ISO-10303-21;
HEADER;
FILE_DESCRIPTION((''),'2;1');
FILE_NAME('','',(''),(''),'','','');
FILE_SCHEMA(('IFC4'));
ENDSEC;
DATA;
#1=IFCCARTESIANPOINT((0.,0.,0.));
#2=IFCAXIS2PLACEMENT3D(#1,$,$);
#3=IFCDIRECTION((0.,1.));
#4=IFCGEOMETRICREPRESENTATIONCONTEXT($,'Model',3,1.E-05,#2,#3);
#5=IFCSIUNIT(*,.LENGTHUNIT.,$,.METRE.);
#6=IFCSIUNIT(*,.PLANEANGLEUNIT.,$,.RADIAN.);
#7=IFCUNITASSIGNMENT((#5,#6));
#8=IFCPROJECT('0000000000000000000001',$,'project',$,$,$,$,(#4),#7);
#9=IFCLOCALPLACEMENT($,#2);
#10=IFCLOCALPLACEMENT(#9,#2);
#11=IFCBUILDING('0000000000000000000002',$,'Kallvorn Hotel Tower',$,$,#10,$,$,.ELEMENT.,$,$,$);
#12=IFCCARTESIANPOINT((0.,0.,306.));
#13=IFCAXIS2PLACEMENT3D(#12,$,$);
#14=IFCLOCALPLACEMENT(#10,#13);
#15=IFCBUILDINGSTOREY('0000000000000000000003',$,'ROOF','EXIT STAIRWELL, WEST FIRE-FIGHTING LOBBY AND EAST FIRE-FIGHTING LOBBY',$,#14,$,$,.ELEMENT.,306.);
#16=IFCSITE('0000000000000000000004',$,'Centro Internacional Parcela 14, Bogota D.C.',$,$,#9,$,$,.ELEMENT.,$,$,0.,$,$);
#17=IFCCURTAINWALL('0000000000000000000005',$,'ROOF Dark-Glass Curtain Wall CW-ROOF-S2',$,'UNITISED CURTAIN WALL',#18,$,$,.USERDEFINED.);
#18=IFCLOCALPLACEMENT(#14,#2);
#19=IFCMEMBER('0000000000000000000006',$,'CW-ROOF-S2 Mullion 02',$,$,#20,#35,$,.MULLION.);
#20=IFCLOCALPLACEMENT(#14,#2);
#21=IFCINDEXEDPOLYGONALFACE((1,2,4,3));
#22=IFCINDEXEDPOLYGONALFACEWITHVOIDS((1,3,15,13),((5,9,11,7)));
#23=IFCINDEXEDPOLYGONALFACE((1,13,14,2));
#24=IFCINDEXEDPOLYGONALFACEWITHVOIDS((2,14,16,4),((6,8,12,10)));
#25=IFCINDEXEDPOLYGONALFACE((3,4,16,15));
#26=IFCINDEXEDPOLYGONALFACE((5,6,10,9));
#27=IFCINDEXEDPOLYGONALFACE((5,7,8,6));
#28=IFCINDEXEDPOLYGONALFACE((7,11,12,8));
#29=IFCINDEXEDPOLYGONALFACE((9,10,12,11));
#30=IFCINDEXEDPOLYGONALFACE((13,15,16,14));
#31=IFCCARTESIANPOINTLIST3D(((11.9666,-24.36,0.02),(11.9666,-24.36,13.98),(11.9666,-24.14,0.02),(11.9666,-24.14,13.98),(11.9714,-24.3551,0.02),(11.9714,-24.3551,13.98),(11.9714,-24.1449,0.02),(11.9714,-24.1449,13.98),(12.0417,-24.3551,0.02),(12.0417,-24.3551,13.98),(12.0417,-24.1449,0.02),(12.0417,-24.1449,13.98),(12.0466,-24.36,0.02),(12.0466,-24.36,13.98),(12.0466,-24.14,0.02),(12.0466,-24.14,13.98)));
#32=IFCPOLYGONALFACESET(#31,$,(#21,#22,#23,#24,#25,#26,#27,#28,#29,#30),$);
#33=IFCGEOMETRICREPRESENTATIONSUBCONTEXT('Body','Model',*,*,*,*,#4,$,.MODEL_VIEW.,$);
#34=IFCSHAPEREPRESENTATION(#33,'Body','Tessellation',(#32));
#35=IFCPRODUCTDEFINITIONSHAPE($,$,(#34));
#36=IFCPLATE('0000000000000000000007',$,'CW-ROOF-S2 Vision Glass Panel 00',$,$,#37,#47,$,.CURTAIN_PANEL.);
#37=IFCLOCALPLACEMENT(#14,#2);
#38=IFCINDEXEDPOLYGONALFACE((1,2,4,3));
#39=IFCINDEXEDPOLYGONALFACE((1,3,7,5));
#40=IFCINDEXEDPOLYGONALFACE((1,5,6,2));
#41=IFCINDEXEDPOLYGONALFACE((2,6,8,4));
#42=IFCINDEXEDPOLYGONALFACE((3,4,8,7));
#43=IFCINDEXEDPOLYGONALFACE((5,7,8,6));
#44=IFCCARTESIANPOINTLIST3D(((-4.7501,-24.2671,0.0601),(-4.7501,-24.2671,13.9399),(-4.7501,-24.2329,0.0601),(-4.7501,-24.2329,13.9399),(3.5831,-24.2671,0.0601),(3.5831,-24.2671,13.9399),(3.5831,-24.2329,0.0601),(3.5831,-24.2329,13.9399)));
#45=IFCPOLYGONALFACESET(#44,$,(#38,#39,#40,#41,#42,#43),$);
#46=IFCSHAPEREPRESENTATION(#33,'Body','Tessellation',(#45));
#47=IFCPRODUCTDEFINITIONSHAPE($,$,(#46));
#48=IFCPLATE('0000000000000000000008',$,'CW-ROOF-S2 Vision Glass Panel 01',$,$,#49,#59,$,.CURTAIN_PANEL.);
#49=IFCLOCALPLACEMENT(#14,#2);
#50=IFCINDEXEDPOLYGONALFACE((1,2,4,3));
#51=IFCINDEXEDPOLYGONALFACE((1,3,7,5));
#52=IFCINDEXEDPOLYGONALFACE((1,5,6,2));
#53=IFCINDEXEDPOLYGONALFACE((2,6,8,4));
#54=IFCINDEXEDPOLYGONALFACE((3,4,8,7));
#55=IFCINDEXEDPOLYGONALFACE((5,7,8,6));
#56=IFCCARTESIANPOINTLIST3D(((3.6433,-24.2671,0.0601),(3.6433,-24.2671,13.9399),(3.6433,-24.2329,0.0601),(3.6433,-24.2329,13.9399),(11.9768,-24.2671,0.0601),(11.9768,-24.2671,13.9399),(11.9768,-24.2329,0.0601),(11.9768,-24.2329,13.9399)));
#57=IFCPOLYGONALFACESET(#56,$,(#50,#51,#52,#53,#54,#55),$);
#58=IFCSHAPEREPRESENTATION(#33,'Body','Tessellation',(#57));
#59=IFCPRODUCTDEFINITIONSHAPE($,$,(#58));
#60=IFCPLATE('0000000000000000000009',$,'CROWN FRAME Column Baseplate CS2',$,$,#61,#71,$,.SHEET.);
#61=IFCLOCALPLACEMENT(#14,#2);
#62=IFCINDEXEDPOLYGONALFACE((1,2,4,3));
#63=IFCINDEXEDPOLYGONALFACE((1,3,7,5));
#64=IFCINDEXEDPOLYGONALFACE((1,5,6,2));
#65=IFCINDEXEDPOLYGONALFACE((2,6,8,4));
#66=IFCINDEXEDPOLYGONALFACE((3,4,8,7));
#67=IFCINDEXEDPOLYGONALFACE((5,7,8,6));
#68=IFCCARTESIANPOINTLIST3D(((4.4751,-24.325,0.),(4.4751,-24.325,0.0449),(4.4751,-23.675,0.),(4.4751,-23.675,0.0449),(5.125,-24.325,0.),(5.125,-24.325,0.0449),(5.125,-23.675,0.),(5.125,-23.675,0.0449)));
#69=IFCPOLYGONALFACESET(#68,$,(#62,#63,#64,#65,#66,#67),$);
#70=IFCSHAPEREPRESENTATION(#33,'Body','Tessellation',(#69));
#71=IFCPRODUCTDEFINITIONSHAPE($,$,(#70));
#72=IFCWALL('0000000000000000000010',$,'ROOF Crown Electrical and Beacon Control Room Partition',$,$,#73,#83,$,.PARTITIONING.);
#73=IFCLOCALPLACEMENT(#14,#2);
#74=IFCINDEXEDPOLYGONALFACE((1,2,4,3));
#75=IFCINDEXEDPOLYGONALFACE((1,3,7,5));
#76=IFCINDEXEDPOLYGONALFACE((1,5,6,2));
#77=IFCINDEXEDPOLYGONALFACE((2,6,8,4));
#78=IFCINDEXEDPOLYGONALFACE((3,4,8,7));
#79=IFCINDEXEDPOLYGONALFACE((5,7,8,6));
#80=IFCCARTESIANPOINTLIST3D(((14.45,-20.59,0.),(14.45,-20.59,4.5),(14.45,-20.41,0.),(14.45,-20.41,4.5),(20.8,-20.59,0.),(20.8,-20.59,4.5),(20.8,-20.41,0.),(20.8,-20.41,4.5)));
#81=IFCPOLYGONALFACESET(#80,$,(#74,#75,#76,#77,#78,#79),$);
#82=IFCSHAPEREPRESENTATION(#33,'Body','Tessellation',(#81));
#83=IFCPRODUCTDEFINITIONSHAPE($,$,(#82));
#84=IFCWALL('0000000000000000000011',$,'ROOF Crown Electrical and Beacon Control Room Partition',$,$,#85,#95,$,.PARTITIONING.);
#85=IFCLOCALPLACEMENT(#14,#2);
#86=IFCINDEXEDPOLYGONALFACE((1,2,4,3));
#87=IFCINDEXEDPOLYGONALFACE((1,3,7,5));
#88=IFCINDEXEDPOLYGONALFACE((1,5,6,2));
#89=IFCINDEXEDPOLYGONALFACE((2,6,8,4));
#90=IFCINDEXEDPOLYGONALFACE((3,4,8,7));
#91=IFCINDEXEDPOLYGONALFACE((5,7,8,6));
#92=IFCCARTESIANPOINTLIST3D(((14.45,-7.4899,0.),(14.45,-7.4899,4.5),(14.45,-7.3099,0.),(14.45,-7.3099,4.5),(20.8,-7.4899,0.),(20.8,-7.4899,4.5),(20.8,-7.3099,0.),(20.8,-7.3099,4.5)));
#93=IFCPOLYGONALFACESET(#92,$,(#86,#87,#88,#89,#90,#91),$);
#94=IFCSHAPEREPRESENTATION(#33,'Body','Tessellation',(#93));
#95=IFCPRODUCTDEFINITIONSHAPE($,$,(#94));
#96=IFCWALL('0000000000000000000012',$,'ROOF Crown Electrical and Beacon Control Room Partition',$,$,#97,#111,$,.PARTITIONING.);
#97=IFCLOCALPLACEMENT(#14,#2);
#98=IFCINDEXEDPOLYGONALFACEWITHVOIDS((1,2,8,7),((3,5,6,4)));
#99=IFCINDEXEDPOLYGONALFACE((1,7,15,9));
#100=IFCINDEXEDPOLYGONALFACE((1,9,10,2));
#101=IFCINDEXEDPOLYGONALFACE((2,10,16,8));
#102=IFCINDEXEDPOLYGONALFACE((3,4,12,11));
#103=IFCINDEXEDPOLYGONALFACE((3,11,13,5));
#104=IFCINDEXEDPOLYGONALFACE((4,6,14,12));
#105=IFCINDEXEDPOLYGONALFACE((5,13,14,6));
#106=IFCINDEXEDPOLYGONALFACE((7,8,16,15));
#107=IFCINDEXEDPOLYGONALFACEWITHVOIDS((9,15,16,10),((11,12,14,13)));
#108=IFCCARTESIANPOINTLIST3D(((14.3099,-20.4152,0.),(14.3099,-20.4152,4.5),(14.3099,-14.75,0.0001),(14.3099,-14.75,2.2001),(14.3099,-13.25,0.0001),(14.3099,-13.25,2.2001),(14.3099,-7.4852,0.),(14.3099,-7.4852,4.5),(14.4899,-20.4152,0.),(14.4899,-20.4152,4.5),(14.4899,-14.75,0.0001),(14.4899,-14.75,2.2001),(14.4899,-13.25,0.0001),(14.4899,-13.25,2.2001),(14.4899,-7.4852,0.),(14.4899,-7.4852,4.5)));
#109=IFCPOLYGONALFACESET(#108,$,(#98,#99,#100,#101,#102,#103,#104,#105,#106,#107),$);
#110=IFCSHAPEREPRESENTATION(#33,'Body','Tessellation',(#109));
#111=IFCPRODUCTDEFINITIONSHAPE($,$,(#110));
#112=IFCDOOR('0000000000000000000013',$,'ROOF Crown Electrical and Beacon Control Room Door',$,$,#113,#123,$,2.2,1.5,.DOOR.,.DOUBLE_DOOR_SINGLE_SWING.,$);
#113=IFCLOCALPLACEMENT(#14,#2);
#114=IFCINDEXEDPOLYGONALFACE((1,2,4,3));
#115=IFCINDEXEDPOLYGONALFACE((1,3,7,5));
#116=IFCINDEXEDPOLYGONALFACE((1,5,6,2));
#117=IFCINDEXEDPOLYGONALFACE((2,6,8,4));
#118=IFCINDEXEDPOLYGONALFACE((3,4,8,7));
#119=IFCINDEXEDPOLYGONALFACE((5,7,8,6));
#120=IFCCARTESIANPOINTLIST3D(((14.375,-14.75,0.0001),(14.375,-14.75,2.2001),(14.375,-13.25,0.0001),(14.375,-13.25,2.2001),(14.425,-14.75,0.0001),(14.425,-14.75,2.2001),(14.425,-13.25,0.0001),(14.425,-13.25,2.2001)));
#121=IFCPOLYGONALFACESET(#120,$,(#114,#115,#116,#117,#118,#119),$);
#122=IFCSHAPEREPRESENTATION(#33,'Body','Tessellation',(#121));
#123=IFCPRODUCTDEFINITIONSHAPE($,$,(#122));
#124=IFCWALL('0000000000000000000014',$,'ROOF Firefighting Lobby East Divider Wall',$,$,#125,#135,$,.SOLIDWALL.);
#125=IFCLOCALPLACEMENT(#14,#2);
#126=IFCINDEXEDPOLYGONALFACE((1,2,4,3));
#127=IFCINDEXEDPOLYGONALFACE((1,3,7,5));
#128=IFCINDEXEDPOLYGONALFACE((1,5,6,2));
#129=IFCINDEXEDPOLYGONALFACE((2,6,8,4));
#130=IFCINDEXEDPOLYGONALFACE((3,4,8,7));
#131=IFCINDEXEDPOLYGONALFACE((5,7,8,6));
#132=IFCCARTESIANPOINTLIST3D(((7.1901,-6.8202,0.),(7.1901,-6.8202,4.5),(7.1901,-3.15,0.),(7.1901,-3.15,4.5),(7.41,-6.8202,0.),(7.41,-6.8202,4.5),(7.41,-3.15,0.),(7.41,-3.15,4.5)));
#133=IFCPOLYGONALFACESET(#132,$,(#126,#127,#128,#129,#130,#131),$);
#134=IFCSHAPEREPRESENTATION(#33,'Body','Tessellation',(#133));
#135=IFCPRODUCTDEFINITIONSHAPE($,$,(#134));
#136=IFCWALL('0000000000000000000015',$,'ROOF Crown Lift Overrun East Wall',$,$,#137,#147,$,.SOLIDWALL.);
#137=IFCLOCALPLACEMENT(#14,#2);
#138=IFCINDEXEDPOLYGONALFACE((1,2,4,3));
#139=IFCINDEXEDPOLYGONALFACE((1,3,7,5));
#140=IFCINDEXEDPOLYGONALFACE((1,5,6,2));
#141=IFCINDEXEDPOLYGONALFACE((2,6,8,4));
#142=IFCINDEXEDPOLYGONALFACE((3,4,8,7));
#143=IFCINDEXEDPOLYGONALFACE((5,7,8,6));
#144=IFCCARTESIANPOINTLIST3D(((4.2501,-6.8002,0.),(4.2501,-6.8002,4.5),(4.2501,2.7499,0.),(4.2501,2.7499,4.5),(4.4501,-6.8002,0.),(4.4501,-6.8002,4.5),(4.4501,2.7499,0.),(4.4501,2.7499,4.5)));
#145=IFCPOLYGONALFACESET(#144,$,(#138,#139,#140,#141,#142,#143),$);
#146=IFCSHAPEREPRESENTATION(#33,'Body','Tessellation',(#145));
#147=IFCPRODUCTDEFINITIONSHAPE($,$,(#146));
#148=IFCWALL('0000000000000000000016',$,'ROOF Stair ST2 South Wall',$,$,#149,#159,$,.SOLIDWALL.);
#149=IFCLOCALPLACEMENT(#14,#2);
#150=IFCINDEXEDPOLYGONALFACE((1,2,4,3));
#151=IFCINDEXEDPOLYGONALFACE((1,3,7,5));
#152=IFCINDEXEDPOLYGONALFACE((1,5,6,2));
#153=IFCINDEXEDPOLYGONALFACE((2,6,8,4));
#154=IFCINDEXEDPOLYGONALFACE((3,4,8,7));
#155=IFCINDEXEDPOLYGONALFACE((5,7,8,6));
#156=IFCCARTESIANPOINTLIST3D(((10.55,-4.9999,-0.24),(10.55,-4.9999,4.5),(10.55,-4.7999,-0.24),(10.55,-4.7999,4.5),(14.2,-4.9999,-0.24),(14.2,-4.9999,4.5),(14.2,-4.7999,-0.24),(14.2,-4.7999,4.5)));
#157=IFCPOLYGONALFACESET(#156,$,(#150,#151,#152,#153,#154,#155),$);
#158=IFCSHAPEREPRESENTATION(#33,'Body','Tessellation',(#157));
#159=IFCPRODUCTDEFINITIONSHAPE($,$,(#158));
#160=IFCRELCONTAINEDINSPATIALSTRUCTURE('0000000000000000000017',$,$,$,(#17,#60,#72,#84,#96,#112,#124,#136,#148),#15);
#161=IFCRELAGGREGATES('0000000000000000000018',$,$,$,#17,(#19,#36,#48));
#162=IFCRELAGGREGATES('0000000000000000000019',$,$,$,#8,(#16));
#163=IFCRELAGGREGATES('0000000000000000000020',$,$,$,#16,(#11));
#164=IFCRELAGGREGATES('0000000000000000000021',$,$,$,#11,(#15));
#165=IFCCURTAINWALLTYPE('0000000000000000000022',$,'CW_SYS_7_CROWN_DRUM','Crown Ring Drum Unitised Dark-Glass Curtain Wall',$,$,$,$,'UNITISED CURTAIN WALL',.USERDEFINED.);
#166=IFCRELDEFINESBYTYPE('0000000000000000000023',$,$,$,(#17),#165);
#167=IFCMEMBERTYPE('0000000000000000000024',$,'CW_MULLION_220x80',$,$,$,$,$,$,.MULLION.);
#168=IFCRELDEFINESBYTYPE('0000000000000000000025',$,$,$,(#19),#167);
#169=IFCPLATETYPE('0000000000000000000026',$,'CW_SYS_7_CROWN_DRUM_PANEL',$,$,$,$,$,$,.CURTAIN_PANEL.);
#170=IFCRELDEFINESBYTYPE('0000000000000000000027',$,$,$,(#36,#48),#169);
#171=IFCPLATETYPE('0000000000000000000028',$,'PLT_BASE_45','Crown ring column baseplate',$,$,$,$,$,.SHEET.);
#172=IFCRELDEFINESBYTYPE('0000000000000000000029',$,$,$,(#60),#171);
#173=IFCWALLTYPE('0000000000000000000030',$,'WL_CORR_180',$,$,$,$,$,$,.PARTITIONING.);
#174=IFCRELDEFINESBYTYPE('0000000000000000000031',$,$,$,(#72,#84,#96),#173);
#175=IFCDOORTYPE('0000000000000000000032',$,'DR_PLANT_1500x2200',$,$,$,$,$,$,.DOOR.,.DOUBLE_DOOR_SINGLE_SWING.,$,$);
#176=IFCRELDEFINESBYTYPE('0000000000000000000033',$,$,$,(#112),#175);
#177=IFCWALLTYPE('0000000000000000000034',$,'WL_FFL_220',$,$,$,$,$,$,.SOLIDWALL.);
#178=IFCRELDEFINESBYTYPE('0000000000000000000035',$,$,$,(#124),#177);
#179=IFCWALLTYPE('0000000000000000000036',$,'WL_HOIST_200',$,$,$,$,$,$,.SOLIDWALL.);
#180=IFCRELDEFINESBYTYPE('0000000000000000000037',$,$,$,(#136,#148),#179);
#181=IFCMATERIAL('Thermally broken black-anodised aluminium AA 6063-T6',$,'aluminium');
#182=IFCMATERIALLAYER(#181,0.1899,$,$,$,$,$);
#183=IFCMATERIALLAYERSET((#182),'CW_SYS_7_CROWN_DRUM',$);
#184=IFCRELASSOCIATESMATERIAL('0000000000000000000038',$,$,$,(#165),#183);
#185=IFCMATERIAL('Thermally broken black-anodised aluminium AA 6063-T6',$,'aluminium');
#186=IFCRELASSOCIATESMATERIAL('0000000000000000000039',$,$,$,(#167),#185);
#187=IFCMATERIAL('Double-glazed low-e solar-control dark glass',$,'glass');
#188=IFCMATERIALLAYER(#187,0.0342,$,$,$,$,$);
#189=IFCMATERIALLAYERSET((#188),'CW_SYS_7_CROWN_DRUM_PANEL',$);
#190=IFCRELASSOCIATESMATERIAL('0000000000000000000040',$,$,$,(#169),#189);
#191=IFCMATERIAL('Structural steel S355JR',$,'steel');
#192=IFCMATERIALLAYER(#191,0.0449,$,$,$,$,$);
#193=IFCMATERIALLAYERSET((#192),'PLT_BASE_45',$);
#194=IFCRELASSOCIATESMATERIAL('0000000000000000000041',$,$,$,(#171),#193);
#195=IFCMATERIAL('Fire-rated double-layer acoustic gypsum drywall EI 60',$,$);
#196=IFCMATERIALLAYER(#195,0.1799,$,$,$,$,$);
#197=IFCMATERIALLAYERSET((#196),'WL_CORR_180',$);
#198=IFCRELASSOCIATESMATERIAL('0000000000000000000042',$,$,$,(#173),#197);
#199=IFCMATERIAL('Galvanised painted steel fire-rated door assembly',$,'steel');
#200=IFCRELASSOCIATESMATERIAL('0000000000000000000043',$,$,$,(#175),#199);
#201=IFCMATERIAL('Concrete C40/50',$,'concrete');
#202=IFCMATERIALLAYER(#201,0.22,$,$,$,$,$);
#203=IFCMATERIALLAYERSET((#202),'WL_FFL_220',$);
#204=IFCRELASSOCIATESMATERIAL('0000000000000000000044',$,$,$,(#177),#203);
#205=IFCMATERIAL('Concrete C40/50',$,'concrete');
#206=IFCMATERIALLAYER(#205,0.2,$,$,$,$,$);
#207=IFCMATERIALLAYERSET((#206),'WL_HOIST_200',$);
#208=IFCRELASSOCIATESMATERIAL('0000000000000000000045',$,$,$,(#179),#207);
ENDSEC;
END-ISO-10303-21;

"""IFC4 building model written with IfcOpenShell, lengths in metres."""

from ifc_helpers import new_model, si_unit, direction, frame, frame_2d, origin, origin_2d, place, context, subcontext, project, spatial, rectangle, hollow_rectangle, extrude, material, layer, layer_set, material_profile, profile_set, type_object, element, fill, aggregate, save


model = new_model("IFC4")

# Units and contexts
model_context = context("Model", 3, precision=1e-05, world=origin(), true_north=direction((0.0, 1.0)))
body_context = subcontext(model_context, "Body", "Model", "MODEL_VIEW")
ifc_project = project(units=[si_unit("LENGTHUNIT", "METRE"), si_unit("PLANEANGLEUNIT", "RADIAN")], contexts=[model_context])

# Site, building, storey
site_placement = place(None, origin())
site = spatial("IfcSite", under=ifc_project, at=site_placement, Name="Centro Internacional Parcela 14, Bogota D.C.", CompositionType="ELEMENT", RefElevation=0.0)
building_placement = place(site_placement, origin())
building = spatial("IfcBuilding", under=site, at=building_placement, Name="Kallvorn Hotel Tower", CompositionType="ELEMENT")
storey_placement = place(building_placement, frame((0.0, 0.0, 306.0)))
storey = spatial("IfcBuildingStorey", under=building, at=storey_placement, Name="ROOF", Description="EXIT STAIRWELL, WEST FIRE-FIGHTING LOBBY AND EAST FIRE-FIGHTING LOBBY", CompositionType="ELEMENT", Elevation=306.0)

# Curtain wall, member, plates
ifc_material_1 = material(Name="Thermally broken black-anodised aluminium AA 6063-T6", Category="aluminium")
ifc_layer_1 = layer(ifc_material_1, 0.1899)
ifc_layer_set_1 = layer_set([ifc_layer_1], Name="CW_SYS_7_CROWN_DRUM")
curtain_wall_type = type_object("IfcCurtainWallType", Name="CW_SYS_7_CROWN_DRUM", Description="Crown Ring Drum Unitised Dark-Glass Curtain Wall", ElementType="UNITISED CURTAIN WALL", PredefinedType="USERDEFINED", material=ifc_layer_set_1)
curtain_wall_placement = place(storey_placement, origin())
curtain_wall = element("IfcCurtainWall", 1, at=curtain_wall_placement, inside=storey, type_object=curtain_wall_type, Name="ROOF Dark-Glass Curtain Wall CW-ROOF-S2", ObjectType="UNITISED CURTAIN WALL", PredefinedType="USERDEFINED")
ifc_material_2 = material(Name="Thermally broken black-anodised aluminium AA 6063-T6", Category="aluminium")
ifc_material_profile_1 = material_profile(ifc_material_2, hollow_rectangle(XDim=0.0801, YDim=0.22, WallThickness=0.0049, at=origin_2d()), Name="MUL 220x80")
ifc_profile_set_1 = profile_set([ifc_material_profile_1], Name="Thermally broken black-anodised aluminium AA 6063-T6")
member_type = type_object("IfcMemberType", Name="CW_MULLION_220x80", PredefinedType="MULLION", material=ifc_profile_set_1)
member_1_placement = place(storey_placement, frame((12.0066, -24.25, 0.02), z_axis=(0.0, 0.0, 1.0), x_axis=(1.0, 0.0, 0.0)))
member_1 = element("IfcMember", 2, at=member_1_placement, type_object=member_type, Name="CW-ROOF-S2 Mullion 02", PredefinedType="MULLION", context=body_context, shape_type="SweptSolid", body=[
    extrude(hollow_rectangle(XDim=0.0801, YDim=0.22, WallThickness=0.0049, at=origin_2d()), origin(), (0.0, 0.0, 1.0), 13.96),
])
ifc_material_3 = material(Name="Double-glazed low-e solar-control dark glass", Category="glass")
ifc_layer_2 = layer(ifc_material_3, 0.0342)
ifc_layer_set_2 = layer_set([ifc_layer_2], Name="CW_SYS_7_CROWN_DRUM_PANEL")
plate_type_1 = type_object("IfcPlateType", Name="CW_SYS_7_CROWN_DRUM_PANEL", PredefinedType="CURTAIN_PANEL", material=ifc_layer_set_2)
plate_1_placement = place(storey_placement, frame((-0.5835, -24.25, 0.0601), z_axis=(0.0, 0.0, 1.0), x_axis=(1.0, 0.0, 0.0)))
plate_1 = element("IfcPlate", 3, at=plate_1_placement, type_object=plate_type_1, Name="CW-ROOF-S2 Vision Glass Panel 00", PredefinedType="CURTAIN_PANEL", context=body_context, shape_type="SweptSolid", body=[
    extrude(rectangle(XDim=8.3333, YDim=0.0342, at=origin_2d()), origin(), (0.0, 0.0, 1.0), 13.8799),
])
plate_2_placement = place(storey_placement, frame((7.8101, -24.25, 0.0601), z_axis=(0.0, 0.0, 1.0), x_axis=(1.0, 0.0, 0.0)))
plate_2 = element("IfcPlate", 4, at=plate_2_placement, type_object=plate_type_1, Name="CW-ROOF-S2 Vision Glass Panel 01", PredefinedType="CURTAIN_PANEL", context=body_context, shape_type="SweptSolid", body=[
    extrude(rectangle(XDim=8.3335, YDim=0.0342, at=origin_2d()), origin(), (0.0, 0.0, 1.0), 13.8799),
])
aggregate(curtain_wall, [member_1, plate_1, plate_2])

# Plate
ifc_material_4 = material(Name="Structural steel S355JR", Category="steel")
ifc_layer_3 = layer(ifc_material_4, 0.0449)
ifc_layer_set_3 = layer_set([ifc_layer_3], Name="PLT_BASE_45")
plate_type_2 = type_object("IfcPlateType", Name="PLT_BASE_45", Description="Crown ring column baseplate", PredefinedType="SHEET", material=ifc_layer_set_3)
plate_3_placement = place(storey_placement, frame((4.8, -24.0, 0.0), z_axis=(0.0, 0.0, 1.0), x_axis=(1.0, 0.0, 0.0)))
element("IfcPlate", 5, at=plate_3_placement, inside=storey, type_object=plate_type_2, Name="CROWN FRAME Column Baseplate CS2", PredefinedType="SHEET", context=body_context, shape_type="SweptSolid", body=[
    extrude(rectangle(XDim=0.6499, YDim=0.6499, at=origin_2d()), origin(), (0.0, 0.0, 1.0), 0.0449),
])

# Walls
ifc_material_5 = material(Name="Fire-rated double-layer acoustic gypsum drywall EI 60")
ifc_layer_4 = layer(ifc_material_5, 0.1799)
ifc_layer_set_4 = layer_set([ifc_layer_4], Name="WL_CORR_180")
wall_type_1 = type_object("IfcWallType", Name="WL_CORR_180", PredefinedType="PARTITIONING", material=ifc_layer_set_4)
for number, where, z_axis, x_axis, name in (
    (6, (14.45, -20.5, 0.0), (0.0, 0.0, 1.0), (1.0, 0.0, 0.0), "ROOF Crown Electrical and Beacon Control Room Partition"),
    (7, (14.45, -7.3999, 0.0), (0.0, 0.0, 1.0), (1.0, 0.0, 0.0), "ROOF Crown Electrical and Beacon Control Room Partition"),
):
    element("IfcWall", number, at=place(storey_placement, frame(where, z_axis=z_axis, x_axis=x_axis)), inside=storey, type_object=wall_type_1, Name=name, PredefinedType="PARTITIONING", context=body_context, shape_type="SweptSolid", body=[
        extrude(rectangle(XDim=6.3501, YDim=0.1799, at=frame_2d((3.175, 0.0))), origin(), (0.0, 0.0, 1.0), 4.5),
    ])

# Wall, opening, door
wall_1_placement = place(storey_placement, frame((14.3999, -20.415, 0.0), z_axis=(0.0, 0.0, 1.0), x_axis=(0.0, 1.0, 0.0)))
wall_1 = element("IfcWall", 8, at=wall_1_placement, inside=storey, type_object=wall_type_1, Name="ROOF Crown Electrical and Beacon Control Room Partition", PredefinedType="PARTITIONING", context=body_context, shape_type="SweptSolid", body=[
    extrude(rectangle(XDim=12.9299, YDim=0.1799, at=frame_2d((6.4648, 0.0))), origin(), (0.0, 0.0, 1.0), 4.5),
])
opening_1_placement = place(wall_1_placement, frame((5.665, 0.0, 0.0)))
opening_1 = element("IfcOpeningElement", 9, at=opening_1_placement, cuts=wall_1, PredefinedType="OPENING", context=body_context, shape_type="SweptSolid", body=[
    extrude(rectangle(XDim=1.5, YDim=2.2, at=frame_2d((0.75, 1.1001))), frame((0.0, 0.1047, 0.0), z_axis=(0.0, -1.0, 0.0), x_axis=(1.0, 0.0, 0.0)), (0.0, 0.0, 1.0), 0.21),
])
ifc_material_6 = material(Name="Galvanised painted steel fire-rated door assembly", Category="steel")
door_type_1 = type_object("IfcDoorType", Name="DR_PLANT_1500x2200", OperationType="DOUBLE_DOOR_SINGLE_SWING", PredefinedType="DOOR", material=ifc_material_6)
door_1_placement = place(opening_1_placement, origin())
door_1 = element("IfcDoor", 10, at=door_1_placement, inside=storey, type_object=door_type_1, Name="ROOF Crown Electrical and Beacon Control Room Door", OperationType="DOUBLE_DOOR_SINGLE_SWING", OverallHeight=2.2, OverallWidth=1.5, PredefinedType="DOOR", context=body_context, shape_type="SweptSolid", body=[
    extrude(rectangle(XDim=1.5, YDim=2.2, at=frame_2d((0.75, 1.1001))), frame((0.0, 0.0249, 0.0), z_axis=(0.0, -1.0, 0.0), x_axis=(1.0, 0.0, 0.0)), (0.0, 0.0, 1.0), 0.05),
])
fill(opening_1, door_1)

# Walls
ifc_material_7 = material(Name="Concrete C40/50", Category="concrete")
ifc_layer_5 = layer(ifc_material_7, 0.22)
ifc_layer_set_5 = layer_set([ifc_layer_5], Name="WL_FFL_220")
wall_type_2 = type_object("IfcWallType", Name="WL_FFL_220", PredefinedType="SOLIDWALL", material=ifc_layer_set_5)
wall_2_placement = place(storey_placement, frame((7.3, -6.8201, 0.0), z_axis=(0.0, 0.0, 1.0), x_axis=(0.0, 1.0, 0.0)))
element("IfcWall", 11, at=wall_2_placement, inside=storey, type_object=wall_type_2, Name="ROOF Firefighting Lobby East Divider Wall", PredefinedType="SOLIDWALL", context=body_context, shape_type="SweptSolid", body=[
    extrude(rectangle(XDim=3.6702, YDim=0.22, at=frame_2d((1.835, 0.0))), origin(), (0.0, 0.0, 1.0), 4.5),
])
ifc_material_8 = material(Name="Concrete C40/50", Category="concrete")
ifc_layer_6 = layer(ifc_material_8, 0.2)
ifc_layer_set_6 = layer_set([ifc_layer_6], Name="WL_HOIST_200")
wall_type_3 = type_object("IfcWallType", Name="WL_HOIST_200", PredefinedType="SOLIDWALL", material=ifc_layer_set_6)
wall_3_placement = place(storey_placement, frame((4.3501, -6.8, 0.0), z_axis=(0.0, 0.0, 1.0), x_axis=(0.0, 1.0, 0.0)))
element("IfcWall", 12, at=wall_3_placement, inside=storey, type_object=wall_type_3, Name="ROOF Crown Lift Overrun East Wall", PredefinedType="SOLIDWALL", context=body_context, shape_type="SweptSolid", body=[
    extrude(rectangle(XDim=9.55, YDim=0.2, at=frame_2d((4.7749, 0.0))), origin(), (0.0, 0.0, 1.0), 4.5),
])
wall_4_placement = place(storey_placement, frame((10.55, -4.8999, -0.24), z_axis=(0.0, 0.0, 1.0), x_axis=(1.0, 0.0, 0.0)))
element("IfcWall", 13, at=wall_4_placement, inside=storey, type_object=wall_type_3, Name="ROOF Stair ST2 South Wall", PredefinedType="SOLIDWALL", context=body_context, shape_type="SweptSolid", body=[
    extrude(rectangle(XDim=3.6499, YDim=0.2, at=frame_2d((1.825, 0.0))), origin(), (0.0, 0.0, 1.0), 4.74),
])

save(model, "model.ifc")
